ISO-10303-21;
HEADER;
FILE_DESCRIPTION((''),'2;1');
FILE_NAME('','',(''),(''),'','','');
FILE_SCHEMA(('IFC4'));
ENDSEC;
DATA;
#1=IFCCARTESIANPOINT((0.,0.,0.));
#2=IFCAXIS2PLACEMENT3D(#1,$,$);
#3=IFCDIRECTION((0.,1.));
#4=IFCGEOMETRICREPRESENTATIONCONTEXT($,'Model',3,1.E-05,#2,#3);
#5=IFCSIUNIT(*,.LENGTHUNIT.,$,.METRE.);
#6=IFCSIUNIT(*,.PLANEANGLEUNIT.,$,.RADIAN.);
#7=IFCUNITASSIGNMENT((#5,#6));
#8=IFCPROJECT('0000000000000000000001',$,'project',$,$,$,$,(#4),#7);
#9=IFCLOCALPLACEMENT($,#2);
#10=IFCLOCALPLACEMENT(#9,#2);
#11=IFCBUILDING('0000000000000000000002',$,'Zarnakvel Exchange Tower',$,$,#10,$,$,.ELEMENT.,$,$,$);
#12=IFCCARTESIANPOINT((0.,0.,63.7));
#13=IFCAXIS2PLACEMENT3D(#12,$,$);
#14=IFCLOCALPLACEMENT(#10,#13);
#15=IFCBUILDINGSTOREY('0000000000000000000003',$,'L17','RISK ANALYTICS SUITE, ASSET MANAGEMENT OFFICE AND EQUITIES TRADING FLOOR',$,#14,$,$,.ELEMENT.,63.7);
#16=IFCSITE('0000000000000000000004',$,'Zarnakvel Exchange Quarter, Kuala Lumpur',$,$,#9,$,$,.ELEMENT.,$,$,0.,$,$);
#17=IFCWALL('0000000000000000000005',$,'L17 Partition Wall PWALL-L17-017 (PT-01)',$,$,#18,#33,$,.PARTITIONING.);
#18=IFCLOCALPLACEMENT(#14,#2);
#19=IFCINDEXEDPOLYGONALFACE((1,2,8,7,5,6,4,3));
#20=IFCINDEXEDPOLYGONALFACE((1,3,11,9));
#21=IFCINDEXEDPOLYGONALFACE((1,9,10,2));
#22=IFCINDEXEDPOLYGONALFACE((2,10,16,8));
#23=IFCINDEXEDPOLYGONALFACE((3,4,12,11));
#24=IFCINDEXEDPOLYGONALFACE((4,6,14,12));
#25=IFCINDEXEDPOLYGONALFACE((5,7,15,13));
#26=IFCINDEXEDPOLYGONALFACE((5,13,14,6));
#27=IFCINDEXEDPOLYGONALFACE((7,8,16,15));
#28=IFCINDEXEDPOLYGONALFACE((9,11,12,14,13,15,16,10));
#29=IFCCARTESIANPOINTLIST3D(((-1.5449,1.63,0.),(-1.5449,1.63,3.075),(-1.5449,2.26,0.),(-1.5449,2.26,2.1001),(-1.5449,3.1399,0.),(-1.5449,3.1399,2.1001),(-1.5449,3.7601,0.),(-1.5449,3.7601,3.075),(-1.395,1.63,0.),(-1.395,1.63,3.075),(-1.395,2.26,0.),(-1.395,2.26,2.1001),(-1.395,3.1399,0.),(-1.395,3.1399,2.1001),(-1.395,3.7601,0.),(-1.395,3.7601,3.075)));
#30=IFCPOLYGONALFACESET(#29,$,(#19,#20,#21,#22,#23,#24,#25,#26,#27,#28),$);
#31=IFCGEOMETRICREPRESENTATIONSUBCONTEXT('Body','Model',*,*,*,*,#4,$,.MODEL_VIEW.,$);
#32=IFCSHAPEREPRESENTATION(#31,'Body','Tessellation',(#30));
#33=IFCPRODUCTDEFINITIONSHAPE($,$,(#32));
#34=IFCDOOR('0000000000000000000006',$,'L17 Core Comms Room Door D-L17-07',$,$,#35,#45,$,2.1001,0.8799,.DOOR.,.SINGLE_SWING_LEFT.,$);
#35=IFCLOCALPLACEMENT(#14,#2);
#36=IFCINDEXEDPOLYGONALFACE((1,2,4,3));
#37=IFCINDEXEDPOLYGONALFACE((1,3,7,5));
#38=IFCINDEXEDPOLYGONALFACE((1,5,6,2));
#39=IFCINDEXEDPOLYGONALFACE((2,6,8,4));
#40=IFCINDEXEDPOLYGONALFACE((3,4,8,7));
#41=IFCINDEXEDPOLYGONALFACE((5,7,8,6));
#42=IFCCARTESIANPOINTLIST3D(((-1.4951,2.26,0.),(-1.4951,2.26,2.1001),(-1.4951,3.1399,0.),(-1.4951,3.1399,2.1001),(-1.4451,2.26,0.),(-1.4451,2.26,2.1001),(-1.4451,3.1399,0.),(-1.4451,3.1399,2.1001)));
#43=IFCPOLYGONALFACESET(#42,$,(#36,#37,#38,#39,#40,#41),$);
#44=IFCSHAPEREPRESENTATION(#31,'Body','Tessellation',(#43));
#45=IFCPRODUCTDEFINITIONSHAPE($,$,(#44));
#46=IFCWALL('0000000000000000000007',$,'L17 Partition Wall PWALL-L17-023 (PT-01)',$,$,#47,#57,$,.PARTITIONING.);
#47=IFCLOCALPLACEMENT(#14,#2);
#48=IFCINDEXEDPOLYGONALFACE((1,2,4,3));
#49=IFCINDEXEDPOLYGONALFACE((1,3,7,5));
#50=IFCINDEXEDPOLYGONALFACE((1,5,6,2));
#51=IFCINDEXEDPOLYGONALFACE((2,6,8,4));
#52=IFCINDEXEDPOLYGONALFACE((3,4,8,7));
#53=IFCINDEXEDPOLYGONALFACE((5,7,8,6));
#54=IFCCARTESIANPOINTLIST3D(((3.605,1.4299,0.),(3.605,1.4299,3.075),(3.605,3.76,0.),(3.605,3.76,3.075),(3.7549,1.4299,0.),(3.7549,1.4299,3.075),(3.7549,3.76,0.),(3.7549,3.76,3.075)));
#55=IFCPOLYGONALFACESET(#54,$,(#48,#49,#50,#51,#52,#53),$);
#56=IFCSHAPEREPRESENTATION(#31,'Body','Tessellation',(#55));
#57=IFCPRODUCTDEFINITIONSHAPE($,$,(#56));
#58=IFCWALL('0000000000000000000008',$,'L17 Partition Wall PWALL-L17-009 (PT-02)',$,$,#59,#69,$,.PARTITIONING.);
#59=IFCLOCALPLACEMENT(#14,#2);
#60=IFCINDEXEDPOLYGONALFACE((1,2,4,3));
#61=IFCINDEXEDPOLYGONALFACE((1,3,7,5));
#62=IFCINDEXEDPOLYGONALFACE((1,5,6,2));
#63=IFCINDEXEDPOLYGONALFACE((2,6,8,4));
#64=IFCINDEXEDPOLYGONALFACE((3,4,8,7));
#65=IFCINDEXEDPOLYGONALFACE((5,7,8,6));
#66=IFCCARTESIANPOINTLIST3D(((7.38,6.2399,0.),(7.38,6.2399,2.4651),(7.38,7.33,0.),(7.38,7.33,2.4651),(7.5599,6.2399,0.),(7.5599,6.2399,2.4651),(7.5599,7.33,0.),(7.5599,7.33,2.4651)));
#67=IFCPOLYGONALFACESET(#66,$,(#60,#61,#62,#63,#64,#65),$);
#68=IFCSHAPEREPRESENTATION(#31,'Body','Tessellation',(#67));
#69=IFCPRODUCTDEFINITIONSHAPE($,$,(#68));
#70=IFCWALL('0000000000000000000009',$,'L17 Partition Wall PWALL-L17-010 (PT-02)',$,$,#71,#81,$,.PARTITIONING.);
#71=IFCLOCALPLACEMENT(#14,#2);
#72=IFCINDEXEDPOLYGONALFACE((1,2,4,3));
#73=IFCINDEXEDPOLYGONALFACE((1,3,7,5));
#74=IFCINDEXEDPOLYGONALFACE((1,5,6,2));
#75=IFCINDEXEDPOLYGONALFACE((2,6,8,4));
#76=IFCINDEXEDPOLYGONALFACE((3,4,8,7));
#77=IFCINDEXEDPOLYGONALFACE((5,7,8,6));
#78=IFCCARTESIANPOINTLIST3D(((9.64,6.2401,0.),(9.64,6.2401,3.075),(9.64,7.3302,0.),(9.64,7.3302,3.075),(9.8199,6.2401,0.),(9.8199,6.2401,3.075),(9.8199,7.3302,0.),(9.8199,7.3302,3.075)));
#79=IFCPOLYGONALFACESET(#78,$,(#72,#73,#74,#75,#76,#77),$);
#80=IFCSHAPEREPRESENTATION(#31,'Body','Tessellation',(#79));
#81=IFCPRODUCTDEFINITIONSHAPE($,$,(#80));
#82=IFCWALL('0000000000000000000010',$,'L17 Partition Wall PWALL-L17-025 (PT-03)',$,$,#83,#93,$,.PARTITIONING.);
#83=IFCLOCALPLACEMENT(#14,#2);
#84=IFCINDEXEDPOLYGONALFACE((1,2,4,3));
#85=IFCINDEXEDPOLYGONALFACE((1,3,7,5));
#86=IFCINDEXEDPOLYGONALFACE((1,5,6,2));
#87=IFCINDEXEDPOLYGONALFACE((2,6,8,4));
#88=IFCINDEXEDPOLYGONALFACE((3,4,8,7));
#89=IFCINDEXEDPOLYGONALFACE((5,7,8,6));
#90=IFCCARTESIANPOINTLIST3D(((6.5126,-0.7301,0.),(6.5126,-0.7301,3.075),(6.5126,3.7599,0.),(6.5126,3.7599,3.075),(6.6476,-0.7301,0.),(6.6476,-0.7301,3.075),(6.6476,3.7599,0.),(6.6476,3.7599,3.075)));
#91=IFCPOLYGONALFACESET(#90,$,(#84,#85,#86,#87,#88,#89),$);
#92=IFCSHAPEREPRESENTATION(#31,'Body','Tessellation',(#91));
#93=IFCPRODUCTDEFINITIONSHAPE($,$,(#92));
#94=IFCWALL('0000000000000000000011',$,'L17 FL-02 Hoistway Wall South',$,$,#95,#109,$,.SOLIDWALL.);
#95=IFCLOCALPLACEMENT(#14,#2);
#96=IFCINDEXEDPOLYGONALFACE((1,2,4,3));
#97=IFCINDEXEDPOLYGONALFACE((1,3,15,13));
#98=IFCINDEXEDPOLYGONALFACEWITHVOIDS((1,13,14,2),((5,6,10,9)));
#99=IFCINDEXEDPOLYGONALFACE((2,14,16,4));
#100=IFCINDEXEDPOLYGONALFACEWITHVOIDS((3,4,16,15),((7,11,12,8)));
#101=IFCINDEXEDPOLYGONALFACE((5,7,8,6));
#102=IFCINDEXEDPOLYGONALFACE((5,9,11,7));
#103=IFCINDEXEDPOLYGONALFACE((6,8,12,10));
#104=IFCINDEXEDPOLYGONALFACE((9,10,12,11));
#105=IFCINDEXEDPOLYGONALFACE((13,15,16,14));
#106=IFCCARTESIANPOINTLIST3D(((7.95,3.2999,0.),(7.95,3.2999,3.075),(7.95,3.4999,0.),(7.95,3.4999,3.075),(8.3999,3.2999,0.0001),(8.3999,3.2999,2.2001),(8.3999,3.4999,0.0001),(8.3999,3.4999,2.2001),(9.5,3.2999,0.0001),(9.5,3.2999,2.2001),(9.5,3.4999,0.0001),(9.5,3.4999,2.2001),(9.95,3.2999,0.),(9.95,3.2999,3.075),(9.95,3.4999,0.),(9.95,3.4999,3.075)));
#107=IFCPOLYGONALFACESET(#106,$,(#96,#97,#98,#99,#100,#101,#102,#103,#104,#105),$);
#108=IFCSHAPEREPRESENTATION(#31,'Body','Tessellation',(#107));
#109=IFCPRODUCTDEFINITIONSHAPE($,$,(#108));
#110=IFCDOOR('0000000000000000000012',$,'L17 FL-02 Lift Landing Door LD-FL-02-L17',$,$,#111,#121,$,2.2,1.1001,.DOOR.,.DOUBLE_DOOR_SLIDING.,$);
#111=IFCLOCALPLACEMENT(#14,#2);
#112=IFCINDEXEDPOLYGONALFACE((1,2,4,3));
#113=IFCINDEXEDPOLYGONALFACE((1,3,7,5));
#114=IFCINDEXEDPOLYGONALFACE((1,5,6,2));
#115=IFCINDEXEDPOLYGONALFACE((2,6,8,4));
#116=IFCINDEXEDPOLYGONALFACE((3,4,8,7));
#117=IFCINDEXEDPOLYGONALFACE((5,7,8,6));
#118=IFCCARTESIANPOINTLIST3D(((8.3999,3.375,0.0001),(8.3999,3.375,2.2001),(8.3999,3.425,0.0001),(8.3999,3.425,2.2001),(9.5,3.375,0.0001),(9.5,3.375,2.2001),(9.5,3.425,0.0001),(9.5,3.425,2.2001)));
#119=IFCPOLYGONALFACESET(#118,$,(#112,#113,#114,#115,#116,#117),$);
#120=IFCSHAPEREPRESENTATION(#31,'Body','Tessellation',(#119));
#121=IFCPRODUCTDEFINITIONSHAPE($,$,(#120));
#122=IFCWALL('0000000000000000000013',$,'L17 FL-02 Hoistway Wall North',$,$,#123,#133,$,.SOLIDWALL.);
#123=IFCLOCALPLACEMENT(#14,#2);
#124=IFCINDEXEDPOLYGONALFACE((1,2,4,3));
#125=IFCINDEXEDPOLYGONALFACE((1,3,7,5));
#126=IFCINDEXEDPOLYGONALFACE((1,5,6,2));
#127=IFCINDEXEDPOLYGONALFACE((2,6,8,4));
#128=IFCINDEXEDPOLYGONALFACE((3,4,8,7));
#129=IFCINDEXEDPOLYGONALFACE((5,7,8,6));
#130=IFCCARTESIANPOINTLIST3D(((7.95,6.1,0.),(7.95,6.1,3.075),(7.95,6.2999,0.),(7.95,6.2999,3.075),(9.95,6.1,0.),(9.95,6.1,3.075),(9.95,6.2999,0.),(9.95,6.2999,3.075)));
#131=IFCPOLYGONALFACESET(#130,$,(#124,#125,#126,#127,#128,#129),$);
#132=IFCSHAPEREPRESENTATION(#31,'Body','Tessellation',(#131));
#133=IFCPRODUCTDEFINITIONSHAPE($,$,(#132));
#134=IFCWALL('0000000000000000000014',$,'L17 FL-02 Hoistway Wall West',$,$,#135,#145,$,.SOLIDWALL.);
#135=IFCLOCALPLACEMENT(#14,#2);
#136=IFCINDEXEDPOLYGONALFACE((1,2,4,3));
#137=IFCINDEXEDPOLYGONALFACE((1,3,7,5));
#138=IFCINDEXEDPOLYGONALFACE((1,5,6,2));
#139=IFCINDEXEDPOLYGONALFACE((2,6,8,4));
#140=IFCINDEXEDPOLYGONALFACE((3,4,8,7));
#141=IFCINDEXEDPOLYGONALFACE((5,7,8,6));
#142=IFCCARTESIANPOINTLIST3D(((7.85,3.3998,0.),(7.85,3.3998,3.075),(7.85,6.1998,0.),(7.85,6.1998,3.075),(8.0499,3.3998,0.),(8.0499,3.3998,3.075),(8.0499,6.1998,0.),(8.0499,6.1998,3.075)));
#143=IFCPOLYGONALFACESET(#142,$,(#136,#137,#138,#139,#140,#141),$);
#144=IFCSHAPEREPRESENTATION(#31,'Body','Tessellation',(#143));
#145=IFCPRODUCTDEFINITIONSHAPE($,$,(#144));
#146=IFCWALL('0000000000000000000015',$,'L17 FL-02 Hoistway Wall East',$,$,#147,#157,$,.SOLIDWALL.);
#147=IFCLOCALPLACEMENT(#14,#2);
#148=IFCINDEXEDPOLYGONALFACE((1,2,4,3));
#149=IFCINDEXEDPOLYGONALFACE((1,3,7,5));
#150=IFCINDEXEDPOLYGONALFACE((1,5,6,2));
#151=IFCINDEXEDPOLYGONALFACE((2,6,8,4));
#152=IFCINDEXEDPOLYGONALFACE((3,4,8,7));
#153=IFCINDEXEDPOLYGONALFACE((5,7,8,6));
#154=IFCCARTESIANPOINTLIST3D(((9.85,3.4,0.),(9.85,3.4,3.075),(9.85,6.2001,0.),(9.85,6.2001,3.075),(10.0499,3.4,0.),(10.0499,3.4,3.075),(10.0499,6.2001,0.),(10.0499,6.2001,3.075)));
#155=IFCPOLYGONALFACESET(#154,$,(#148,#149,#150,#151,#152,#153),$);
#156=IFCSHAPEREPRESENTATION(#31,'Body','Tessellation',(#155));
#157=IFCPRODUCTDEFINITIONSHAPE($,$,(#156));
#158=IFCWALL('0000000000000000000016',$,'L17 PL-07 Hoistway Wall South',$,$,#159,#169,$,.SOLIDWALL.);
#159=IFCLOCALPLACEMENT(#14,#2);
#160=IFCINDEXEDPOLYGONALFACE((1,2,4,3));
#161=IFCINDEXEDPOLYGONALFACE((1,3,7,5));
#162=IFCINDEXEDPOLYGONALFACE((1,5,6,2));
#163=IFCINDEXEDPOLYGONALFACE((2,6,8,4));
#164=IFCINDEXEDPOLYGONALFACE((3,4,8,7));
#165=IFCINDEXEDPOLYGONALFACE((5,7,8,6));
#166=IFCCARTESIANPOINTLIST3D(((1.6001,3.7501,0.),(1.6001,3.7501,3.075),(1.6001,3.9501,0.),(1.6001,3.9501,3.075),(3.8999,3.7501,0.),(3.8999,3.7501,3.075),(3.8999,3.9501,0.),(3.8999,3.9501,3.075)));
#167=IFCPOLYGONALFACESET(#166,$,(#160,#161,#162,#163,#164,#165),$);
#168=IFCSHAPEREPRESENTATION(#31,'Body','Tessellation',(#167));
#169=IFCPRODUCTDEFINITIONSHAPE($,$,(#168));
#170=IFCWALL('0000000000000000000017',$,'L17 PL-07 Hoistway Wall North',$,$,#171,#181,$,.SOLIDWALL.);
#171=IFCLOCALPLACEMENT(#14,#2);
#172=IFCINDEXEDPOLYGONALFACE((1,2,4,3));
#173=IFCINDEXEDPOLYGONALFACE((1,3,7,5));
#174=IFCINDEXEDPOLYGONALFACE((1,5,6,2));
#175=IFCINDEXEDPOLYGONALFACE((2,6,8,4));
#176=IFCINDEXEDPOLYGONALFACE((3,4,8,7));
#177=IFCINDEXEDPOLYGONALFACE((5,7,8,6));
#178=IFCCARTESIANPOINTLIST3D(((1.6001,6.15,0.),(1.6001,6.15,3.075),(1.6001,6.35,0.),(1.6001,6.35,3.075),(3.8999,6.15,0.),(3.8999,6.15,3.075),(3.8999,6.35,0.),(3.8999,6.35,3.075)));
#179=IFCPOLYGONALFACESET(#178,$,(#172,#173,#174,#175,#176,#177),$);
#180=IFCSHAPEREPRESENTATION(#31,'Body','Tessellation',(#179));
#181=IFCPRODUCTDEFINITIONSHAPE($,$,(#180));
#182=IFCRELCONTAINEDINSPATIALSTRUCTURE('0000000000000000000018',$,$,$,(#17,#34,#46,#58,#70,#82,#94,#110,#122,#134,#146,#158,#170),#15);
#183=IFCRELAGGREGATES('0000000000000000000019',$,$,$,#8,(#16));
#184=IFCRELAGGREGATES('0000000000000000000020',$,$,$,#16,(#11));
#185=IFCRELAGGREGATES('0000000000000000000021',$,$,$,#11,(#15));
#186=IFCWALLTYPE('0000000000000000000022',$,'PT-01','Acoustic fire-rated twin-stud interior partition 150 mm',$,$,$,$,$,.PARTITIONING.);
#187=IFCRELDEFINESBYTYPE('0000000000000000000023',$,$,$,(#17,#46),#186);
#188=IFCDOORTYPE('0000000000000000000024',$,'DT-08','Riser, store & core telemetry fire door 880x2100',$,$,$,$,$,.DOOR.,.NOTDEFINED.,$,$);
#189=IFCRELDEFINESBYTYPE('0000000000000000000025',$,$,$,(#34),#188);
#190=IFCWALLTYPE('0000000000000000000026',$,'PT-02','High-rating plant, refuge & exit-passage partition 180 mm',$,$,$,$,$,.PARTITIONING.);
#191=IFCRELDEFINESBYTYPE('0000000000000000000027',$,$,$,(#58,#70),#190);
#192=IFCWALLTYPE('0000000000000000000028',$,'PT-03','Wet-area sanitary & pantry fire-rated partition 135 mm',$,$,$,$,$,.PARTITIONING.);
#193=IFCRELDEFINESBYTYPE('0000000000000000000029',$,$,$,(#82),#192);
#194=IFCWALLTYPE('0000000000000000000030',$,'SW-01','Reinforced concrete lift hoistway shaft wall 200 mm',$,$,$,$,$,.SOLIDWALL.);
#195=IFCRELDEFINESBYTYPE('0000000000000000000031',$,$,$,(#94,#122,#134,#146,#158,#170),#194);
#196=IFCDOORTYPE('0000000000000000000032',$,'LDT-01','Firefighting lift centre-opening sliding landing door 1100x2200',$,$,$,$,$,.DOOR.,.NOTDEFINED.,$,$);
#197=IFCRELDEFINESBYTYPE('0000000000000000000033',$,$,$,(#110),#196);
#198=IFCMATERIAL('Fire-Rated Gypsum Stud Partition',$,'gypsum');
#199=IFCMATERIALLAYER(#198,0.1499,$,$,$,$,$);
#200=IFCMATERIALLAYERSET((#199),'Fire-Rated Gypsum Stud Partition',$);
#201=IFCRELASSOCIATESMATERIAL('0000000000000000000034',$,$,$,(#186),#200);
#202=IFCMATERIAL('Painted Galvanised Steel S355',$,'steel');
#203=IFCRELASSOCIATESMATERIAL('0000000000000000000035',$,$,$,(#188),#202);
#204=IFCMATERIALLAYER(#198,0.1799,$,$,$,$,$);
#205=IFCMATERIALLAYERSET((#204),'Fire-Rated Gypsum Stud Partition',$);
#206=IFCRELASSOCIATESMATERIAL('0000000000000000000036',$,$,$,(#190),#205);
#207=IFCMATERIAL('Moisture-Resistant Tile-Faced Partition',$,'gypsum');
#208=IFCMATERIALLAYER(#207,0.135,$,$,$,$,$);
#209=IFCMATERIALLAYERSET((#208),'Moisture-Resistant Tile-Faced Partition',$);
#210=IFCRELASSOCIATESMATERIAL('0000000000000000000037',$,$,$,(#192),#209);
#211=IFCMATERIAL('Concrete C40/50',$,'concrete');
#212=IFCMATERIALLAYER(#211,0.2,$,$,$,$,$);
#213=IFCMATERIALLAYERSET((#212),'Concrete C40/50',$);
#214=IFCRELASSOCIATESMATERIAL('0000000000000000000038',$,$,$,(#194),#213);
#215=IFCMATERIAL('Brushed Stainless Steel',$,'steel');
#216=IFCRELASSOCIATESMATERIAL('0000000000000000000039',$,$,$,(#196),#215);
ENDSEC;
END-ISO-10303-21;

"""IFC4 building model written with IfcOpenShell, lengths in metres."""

from ifc_helpers import new_model, si_unit, direction, frame, frame_2d, origin, place, context, subcontext, project, spatial, rectangle, extrude, source, transform, mapped, material, layer, layer_set, type_object, element, fill, save


model = new_model("IFC4")

# Units and contexts
model_context = context("Model", 3, precision=1e-05, world=origin(), true_north=direction((0.0, 1.0)))
body_context = subcontext(model_context, "Body", "Model", "MODEL_VIEW")
ifc_project = project(units=[si_unit("LENGTHUNIT", "METRE"), si_unit("PLANEANGLEUNIT", "RADIAN")], contexts=[model_context])

# Site, building, storey
site_placement = place(None, origin())
site = spatial("IfcSite", under=ifc_project, at=site_placement, Name="Zarnakvel Exchange Quarter, Kuala Lumpur", CompositionType="ELEMENT", RefElevation=0.0)
building_placement = place(site_placement, origin())
building = spatial("IfcBuilding", under=site, at=building_placement, Name="Zarnakvel Exchange Tower", CompositionType="ELEMENT")
storey_placement = place(building_placement, frame((0.0, 0.0, 63.7)))
storey = spatial("IfcBuildingStorey", under=building, at=storey_placement, Name="L17", Description="RISK ANALYTICS SUITE, ASSET MANAGEMENT OFFICE AND EQUITIES TRADING FLOOR", CompositionType="ELEMENT", Elevation=63.7)

# Wall, opening, door
ifc_material_1 = material(Name="Fire-Rated Gypsum Stud Partition", Category="gypsum")
ifc_layer_1 = layer(ifc_material_1, 0.1499)
ifc_layer_set_1 = layer_set([ifc_layer_1], Name="Fire-Rated Gypsum Stud Partition")
wall_type_1 = type_object("IfcWallType", Name="PT-01", Description="Acoustic fire-rated twin-stud interior partition 150 mm", PredefinedType="PARTITIONING", material=ifc_layer_set_1)
wall_1_placement = place(storey_placement, frame((-1.47, 3.76, 0.0), z_axis=(0.0, 0.0, 1.0), x_axis=(0.0, -1.0, 0.0)))
wall_1 = element("IfcWall", 1, at=wall_1_placement, inside=storey, type_object=wall_type_1, Name="L17 Partition Wall PWALL-L17-017 (PT-01)", PredefinedType="PARTITIONING", context=body_context, shape_type="SweptSolid", body=[
    extrude(rectangle(XDim=2.1301, YDim=0.1499, at=frame_2d((1.0649, 0.0))), origin(), (0.0, 0.0, 1.0), 3.075),
])
opening_1_placement = place(wall_1_placement, frame((0.6201, 0.0, 0.0)))
opening_1 = element("IfcOpeningElement", 2, at=opening_1_placement, cuts=wall_1, PredefinedType="OPENING", context=body_context, shape_type="SweptSolid", body=[
    extrude(rectangle(XDim=0.8799, YDim=2.1001, at=frame_2d((0.4399, 1.05))), frame((0.0, 0.085, 0.0), z_axis=(0.0, -1.0, 0.0), x_axis=(1.0, 0.0, 0.0)), (0.0, 0.0, 1.0), 0.1699),
])
ifc_material_2 = material(Name="Painted Galvanised Steel S355", Category="steel")
door_type_1 = type_object("IfcDoorType", Name="DT-08", Description="Riser, store & core telemetry fire door 880x2100", OperationType="NOTDEFINED", PredefinedType="DOOR", material=ifc_material_2)
shared_shape_1 = source(origin(), body_context, "Body", "SweptSolid", [
    extrude(rectangle(XDim=0.8799, YDim=2.1001, at=frame_2d((0.4399, 1.05))), frame((0.0, 0.0249, 0.0), z_axis=(0.0, -1.0, 0.0), x_axis=(1.0, 0.0, 0.0)), (0.0, 0.0, 1.0), 0.05),
])
door_1_placement = place(opening_1_placement, origin())
door_1 = element("IfcDoor", 3, at=door_1_placement, inside=storey, type_object=door_type_1, Name="L17 Core Comms Room Door D-L17-07", OperationType="SINGLE_SWING_LEFT", OverallHeight=2.1001, OverallWidth=0.8799, PredefinedType="DOOR", context=body_context, shape_type="MappedRepresentation", body=[
    mapped(shared_shape_1, transform((0.0, 0.0, 0.0), x_axis=(1.0, 0.0, 0.0), y_axis=(0.0, 1.0, 0.0), z_axis=(0.0, 0.0, 1.0), scale=1.0)),
])
fill(opening_1, door_1)

# Walls
wall_2_placement = place(storey_placement, frame((3.6799, 3.76, 0.0), z_axis=(0.0, 0.0, 1.0), x_axis=(0.0, -1.0, 0.0)))
element("IfcWall", 4, at=wall_2_placement, inside=storey, type_object=wall_type_1, Name="L17 Partition Wall PWALL-L17-023 (PT-01)", PredefinedType="PARTITIONING", context=body_context, shape_type="SweptSolid", body=[
    extrude(rectangle(XDim=2.3301, YDim=0.1499, at=frame_2d((1.165, 0.0))), origin(), (0.0, 0.0, 1.0), 3.075),
])
ifc_layer_2 = layer(ifc_material_1, 0.1799)
ifc_layer_set_2 = layer_set([ifc_layer_2], Name="Fire-Rated Gypsum Stud Partition")
wall_type_2 = type_object("IfcWallType", Name="PT-02", Description="High-rating plant, refuge & exit-passage partition 180 mm", PredefinedType="PARTITIONING", material=ifc_layer_set_2)
wall_3_placement = place(storey_placement, frame((7.47, 6.24, 0.0), z_axis=(0.0, 0.0, 1.0), x_axis=(0.0, 1.0, 0.0)))
element("IfcWall", 5, at=wall_3_placement, inside=storey, type_object=wall_type_2, Name="L17 Partition Wall PWALL-L17-009 (PT-02)", PredefinedType="PARTITIONING", context=body_context, shape_type="SweptSolid", body=[
    extrude(rectangle(XDim=1.0901, YDim=0.1799, at=frame_2d((0.5449, 0.0))), origin(), (0.0, 0.0, 1.0), 2.4651),
])
wall_4_placement = place(storey_placement, frame((9.73, 7.3301, 0.0), z_axis=(0.0, 0.0, 1.0), x_axis=(0.0, -1.0, 0.0)))
element("IfcWall", 6, at=wall_4_placement, inside=storey, type_object=wall_type_2, Name="L17 Partition Wall PWALL-L17-010 (PT-02)", PredefinedType="PARTITIONING", context=body_context, shape_type="SweptSolid", body=[
    extrude(rectangle(XDim=1.0901, YDim=0.1799, at=frame_2d((0.5449, 0.0))), origin(), (0.0, 0.0, 1.0), 3.075),
])
ifc_material_3 = material(Name="Moisture-Resistant Tile-Faced Partition", Category="gypsum")
ifc_layer_3 = layer(ifc_material_3, 0.135)
ifc_layer_set_3 = layer_set([ifc_layer_3], Name="Moisture-Resistant Tile-Faced Partition")
wall_type_3 = type_object("IfcWallType", Name="PT-03", Description="Wet-area sanitary & pantry fire-rated partition 135 mm", PredefinedType="PARTITIONING", material=ifc_layer_set_3)
wall_5_placement = place(storey_placement, frame((6.5801, 3.76, 0.0), z_axis=(0.0, 0.0, 1.0), x_axis=(0.0, -1.0, 0.0)))
element("IfcWall", 7, at=wall_5_placement, inside=storey, type_object=wall_type_3, Name="L17 Partition Wall PWALL-L17-025 (PT-03)", PredefinedType="PARTITIONING", context=body_context, shape_type="SweptSolid", body=[
    extrude(rectangle(XDim=4.49, YDim=0.135, at=frame_2d((2.2451, 0.0))), origin(), (0.0, 0.0, 1.0), 3.075),
])

# Wall, opening, door
ifc_material_4 = material(Name="Concrete C40/50", Category="concrete")
ifc_layer_4 = layer(ifc_material_4, 0.2)
ifc_layer_set_4 = layer_set([ifc_layer_4], Name="Concrete C40/50")
wall_type_4 = type_object("IfcWallType", Name="SW-01", Description="Reinforced concrete lift hoistway shaft wall 200 mm", PredefinedType="SOLIDWALL", material=ifc_layer_set_4)
wall_6_placement = place(storey_placement, frame((9.95, 3.3999, 0.0), z_axis=(0.0, 0.0, 1.0), x_axis=(-1.0, 0.0, 0.0)))
wall_6 = element("IfcWall", 8, at=wall_6_placement, inside=storey, type_object=wall_type_4, Name="L17 FL-02 Hoistway Wall South", PredefinedType="SOLIDWALL", context=body_context, shape_type="SweptSolid", body=[
    extrude(rectangle(XDim=2.0, YDim=0.2, at=frame_2d((1.0, 0.0))), origin(), (0.0, 0.0, 1.0), 3.075),
])
opening_2_placement = place(wall_6_placement, frame((0.45, 0.0, 0.0)))
opening_2 = element("IfcOpeningElement", 9, at=opening_2_placement, cuts=wall_6, PredefinedType="OPENING", context=body_context, shape_type="SweptSolid", body=[
    extrude(rectangle(XDim=1.1001, YDim=2.2, at=frame_2d((0.55, 1.1001))), frame((0.0, 0.1099, 0.0), z_axis=(0.0, -1.0, 0.0), x_axis=(1.0, 0.0, 0.0)), (0.0, 0.0, 1.0), 0.22),
])
ifc_material_5 = material(Name="Brushed Stainless Steel", Category="steel")
door_type_2 = type_object("IfcDoorType", Name="LDT-01", Description="Firefighting lift centre-opening sliding landing door 1100x2200", OperationType="NOTDEFINED", PredefinedType="DOOR", material=ifc_material_5)
shared_shape_2 = source(origin(), body_context, "Body", "SweptSolid", [
    extrude(rectangle(XDim=1.1001, YDim=2.2, at=frame_2d((0.55, 1.1001))), frame((0.0, 0.0249, 0.0), z_axis=(0.0, -1.0, 0.0), x_axis=(1.0, 0.0, 0.0)), (0.0, 0.0, 1.0), 0.05),
])
door_2_placement = place(opening_2_placement, origin())
door_2 = element("IfcDoor", 10, at=door_2_placement, inside=storey, type_object=door_type_2, Name="L17 FL-02 Lift Landing Door LD-FL-02-L17", OperationType="DOUBLE_DOOR_SLIDING", OverallHeight=2.2, OverallWidth=1.1001, PredefinedType="DOOR", context=body_context, shape_type="MappedRepresentation", body=[
    mapped(shared_shape_2, transform((0.0, 0.0, 0.0), x_axis=(1.0, 0.0, 0.0), y_axis=(0.0, 1.0, 0.0), z_axis=(0.0, 0.0, 1.0), scale=1.0)),
])
fill(opening_2, door_2)

# Walls
wall_7_placement = place(storey_placement, frame((7.95, 6.2, 0.0), z_axis=(0.0, 0.0, 1.0), x_axis=(1.0, 0.0, 0.0)))
element("IfcWall", 11, at=wall_7_placement, inside=storey, type_object=wall_type_4, Name="L17 FL-02 Hoistway Wall North", PredefinedType="SOLIDWALL", context=body_context, shape_type="SweptSolid", body=[
    extrude(rectangle(XDim=2.0, YDim=0.2, at=frame_2d((1.0, 0.0))), origin(), (0.0, 0.0, 1.0), 3.075),
])
for number, where, z_axis, x_axis, name in (
    (12, (7.95, 3.3999, 0.0), (0.0, 0.0, 1.0), (0.0, 1.0, 0.0), "L17 FL-02 Hoistway Wall West"),
    (13, (9.95, 6.2, 0.0), (0.0, 0.0, 1.0), (0.0, -1.0, 0.0), "L17 FL-02 Hoistway Wall East"),
):
    element("IfcWall", number, at=place(storey_placement, frame(where, z_axis=z_axis, x_axis=x_axis)), inside=storey, type_object=wall_type_4, Name=name, PredefinedType="SOLIDWALL", context=body_context, shape_type="SweptSolid", body=[
        extrude(rectangle(XDim=2.8, YDim=0.2, at=frame_2d((1.3999, 0.0))), origin(), (0.0, 0.0, 1.0), 3.075),
    ])
for number, where, z_axis, x_axis, name in (
    (14, (3.8999, 3.8501, 0.0), (0.0, 0.0, 1.0), (-1.0, 0.0, 0.0), "L17 PL-07 Hoistway Wall South"),
    (15, (1.6001, 6.25, 0.0), (0.0, 0.0, 1.0), (1.0, 0.0, 0.0), "L17 PL-07 Hoistway Wall North"),
):
    element("IfcWall", number, at=place(storey_placement, frame(where, z_axis=z_axis, x_axis=x_axis)), inside=storey, type_object=wall_type_4, Name=name, PredefinedType="SOLIDWALL", context=body_context, shape_type="SweptSolid", body=[
        extrude(rectangle(XDim=2.2998, YDim=0.2, at=frame_2d((1.1499, 0.0))), origin(), (0.0, 0.0, 1.0), 3.075),
    ])

save(model, "model.ifc")
